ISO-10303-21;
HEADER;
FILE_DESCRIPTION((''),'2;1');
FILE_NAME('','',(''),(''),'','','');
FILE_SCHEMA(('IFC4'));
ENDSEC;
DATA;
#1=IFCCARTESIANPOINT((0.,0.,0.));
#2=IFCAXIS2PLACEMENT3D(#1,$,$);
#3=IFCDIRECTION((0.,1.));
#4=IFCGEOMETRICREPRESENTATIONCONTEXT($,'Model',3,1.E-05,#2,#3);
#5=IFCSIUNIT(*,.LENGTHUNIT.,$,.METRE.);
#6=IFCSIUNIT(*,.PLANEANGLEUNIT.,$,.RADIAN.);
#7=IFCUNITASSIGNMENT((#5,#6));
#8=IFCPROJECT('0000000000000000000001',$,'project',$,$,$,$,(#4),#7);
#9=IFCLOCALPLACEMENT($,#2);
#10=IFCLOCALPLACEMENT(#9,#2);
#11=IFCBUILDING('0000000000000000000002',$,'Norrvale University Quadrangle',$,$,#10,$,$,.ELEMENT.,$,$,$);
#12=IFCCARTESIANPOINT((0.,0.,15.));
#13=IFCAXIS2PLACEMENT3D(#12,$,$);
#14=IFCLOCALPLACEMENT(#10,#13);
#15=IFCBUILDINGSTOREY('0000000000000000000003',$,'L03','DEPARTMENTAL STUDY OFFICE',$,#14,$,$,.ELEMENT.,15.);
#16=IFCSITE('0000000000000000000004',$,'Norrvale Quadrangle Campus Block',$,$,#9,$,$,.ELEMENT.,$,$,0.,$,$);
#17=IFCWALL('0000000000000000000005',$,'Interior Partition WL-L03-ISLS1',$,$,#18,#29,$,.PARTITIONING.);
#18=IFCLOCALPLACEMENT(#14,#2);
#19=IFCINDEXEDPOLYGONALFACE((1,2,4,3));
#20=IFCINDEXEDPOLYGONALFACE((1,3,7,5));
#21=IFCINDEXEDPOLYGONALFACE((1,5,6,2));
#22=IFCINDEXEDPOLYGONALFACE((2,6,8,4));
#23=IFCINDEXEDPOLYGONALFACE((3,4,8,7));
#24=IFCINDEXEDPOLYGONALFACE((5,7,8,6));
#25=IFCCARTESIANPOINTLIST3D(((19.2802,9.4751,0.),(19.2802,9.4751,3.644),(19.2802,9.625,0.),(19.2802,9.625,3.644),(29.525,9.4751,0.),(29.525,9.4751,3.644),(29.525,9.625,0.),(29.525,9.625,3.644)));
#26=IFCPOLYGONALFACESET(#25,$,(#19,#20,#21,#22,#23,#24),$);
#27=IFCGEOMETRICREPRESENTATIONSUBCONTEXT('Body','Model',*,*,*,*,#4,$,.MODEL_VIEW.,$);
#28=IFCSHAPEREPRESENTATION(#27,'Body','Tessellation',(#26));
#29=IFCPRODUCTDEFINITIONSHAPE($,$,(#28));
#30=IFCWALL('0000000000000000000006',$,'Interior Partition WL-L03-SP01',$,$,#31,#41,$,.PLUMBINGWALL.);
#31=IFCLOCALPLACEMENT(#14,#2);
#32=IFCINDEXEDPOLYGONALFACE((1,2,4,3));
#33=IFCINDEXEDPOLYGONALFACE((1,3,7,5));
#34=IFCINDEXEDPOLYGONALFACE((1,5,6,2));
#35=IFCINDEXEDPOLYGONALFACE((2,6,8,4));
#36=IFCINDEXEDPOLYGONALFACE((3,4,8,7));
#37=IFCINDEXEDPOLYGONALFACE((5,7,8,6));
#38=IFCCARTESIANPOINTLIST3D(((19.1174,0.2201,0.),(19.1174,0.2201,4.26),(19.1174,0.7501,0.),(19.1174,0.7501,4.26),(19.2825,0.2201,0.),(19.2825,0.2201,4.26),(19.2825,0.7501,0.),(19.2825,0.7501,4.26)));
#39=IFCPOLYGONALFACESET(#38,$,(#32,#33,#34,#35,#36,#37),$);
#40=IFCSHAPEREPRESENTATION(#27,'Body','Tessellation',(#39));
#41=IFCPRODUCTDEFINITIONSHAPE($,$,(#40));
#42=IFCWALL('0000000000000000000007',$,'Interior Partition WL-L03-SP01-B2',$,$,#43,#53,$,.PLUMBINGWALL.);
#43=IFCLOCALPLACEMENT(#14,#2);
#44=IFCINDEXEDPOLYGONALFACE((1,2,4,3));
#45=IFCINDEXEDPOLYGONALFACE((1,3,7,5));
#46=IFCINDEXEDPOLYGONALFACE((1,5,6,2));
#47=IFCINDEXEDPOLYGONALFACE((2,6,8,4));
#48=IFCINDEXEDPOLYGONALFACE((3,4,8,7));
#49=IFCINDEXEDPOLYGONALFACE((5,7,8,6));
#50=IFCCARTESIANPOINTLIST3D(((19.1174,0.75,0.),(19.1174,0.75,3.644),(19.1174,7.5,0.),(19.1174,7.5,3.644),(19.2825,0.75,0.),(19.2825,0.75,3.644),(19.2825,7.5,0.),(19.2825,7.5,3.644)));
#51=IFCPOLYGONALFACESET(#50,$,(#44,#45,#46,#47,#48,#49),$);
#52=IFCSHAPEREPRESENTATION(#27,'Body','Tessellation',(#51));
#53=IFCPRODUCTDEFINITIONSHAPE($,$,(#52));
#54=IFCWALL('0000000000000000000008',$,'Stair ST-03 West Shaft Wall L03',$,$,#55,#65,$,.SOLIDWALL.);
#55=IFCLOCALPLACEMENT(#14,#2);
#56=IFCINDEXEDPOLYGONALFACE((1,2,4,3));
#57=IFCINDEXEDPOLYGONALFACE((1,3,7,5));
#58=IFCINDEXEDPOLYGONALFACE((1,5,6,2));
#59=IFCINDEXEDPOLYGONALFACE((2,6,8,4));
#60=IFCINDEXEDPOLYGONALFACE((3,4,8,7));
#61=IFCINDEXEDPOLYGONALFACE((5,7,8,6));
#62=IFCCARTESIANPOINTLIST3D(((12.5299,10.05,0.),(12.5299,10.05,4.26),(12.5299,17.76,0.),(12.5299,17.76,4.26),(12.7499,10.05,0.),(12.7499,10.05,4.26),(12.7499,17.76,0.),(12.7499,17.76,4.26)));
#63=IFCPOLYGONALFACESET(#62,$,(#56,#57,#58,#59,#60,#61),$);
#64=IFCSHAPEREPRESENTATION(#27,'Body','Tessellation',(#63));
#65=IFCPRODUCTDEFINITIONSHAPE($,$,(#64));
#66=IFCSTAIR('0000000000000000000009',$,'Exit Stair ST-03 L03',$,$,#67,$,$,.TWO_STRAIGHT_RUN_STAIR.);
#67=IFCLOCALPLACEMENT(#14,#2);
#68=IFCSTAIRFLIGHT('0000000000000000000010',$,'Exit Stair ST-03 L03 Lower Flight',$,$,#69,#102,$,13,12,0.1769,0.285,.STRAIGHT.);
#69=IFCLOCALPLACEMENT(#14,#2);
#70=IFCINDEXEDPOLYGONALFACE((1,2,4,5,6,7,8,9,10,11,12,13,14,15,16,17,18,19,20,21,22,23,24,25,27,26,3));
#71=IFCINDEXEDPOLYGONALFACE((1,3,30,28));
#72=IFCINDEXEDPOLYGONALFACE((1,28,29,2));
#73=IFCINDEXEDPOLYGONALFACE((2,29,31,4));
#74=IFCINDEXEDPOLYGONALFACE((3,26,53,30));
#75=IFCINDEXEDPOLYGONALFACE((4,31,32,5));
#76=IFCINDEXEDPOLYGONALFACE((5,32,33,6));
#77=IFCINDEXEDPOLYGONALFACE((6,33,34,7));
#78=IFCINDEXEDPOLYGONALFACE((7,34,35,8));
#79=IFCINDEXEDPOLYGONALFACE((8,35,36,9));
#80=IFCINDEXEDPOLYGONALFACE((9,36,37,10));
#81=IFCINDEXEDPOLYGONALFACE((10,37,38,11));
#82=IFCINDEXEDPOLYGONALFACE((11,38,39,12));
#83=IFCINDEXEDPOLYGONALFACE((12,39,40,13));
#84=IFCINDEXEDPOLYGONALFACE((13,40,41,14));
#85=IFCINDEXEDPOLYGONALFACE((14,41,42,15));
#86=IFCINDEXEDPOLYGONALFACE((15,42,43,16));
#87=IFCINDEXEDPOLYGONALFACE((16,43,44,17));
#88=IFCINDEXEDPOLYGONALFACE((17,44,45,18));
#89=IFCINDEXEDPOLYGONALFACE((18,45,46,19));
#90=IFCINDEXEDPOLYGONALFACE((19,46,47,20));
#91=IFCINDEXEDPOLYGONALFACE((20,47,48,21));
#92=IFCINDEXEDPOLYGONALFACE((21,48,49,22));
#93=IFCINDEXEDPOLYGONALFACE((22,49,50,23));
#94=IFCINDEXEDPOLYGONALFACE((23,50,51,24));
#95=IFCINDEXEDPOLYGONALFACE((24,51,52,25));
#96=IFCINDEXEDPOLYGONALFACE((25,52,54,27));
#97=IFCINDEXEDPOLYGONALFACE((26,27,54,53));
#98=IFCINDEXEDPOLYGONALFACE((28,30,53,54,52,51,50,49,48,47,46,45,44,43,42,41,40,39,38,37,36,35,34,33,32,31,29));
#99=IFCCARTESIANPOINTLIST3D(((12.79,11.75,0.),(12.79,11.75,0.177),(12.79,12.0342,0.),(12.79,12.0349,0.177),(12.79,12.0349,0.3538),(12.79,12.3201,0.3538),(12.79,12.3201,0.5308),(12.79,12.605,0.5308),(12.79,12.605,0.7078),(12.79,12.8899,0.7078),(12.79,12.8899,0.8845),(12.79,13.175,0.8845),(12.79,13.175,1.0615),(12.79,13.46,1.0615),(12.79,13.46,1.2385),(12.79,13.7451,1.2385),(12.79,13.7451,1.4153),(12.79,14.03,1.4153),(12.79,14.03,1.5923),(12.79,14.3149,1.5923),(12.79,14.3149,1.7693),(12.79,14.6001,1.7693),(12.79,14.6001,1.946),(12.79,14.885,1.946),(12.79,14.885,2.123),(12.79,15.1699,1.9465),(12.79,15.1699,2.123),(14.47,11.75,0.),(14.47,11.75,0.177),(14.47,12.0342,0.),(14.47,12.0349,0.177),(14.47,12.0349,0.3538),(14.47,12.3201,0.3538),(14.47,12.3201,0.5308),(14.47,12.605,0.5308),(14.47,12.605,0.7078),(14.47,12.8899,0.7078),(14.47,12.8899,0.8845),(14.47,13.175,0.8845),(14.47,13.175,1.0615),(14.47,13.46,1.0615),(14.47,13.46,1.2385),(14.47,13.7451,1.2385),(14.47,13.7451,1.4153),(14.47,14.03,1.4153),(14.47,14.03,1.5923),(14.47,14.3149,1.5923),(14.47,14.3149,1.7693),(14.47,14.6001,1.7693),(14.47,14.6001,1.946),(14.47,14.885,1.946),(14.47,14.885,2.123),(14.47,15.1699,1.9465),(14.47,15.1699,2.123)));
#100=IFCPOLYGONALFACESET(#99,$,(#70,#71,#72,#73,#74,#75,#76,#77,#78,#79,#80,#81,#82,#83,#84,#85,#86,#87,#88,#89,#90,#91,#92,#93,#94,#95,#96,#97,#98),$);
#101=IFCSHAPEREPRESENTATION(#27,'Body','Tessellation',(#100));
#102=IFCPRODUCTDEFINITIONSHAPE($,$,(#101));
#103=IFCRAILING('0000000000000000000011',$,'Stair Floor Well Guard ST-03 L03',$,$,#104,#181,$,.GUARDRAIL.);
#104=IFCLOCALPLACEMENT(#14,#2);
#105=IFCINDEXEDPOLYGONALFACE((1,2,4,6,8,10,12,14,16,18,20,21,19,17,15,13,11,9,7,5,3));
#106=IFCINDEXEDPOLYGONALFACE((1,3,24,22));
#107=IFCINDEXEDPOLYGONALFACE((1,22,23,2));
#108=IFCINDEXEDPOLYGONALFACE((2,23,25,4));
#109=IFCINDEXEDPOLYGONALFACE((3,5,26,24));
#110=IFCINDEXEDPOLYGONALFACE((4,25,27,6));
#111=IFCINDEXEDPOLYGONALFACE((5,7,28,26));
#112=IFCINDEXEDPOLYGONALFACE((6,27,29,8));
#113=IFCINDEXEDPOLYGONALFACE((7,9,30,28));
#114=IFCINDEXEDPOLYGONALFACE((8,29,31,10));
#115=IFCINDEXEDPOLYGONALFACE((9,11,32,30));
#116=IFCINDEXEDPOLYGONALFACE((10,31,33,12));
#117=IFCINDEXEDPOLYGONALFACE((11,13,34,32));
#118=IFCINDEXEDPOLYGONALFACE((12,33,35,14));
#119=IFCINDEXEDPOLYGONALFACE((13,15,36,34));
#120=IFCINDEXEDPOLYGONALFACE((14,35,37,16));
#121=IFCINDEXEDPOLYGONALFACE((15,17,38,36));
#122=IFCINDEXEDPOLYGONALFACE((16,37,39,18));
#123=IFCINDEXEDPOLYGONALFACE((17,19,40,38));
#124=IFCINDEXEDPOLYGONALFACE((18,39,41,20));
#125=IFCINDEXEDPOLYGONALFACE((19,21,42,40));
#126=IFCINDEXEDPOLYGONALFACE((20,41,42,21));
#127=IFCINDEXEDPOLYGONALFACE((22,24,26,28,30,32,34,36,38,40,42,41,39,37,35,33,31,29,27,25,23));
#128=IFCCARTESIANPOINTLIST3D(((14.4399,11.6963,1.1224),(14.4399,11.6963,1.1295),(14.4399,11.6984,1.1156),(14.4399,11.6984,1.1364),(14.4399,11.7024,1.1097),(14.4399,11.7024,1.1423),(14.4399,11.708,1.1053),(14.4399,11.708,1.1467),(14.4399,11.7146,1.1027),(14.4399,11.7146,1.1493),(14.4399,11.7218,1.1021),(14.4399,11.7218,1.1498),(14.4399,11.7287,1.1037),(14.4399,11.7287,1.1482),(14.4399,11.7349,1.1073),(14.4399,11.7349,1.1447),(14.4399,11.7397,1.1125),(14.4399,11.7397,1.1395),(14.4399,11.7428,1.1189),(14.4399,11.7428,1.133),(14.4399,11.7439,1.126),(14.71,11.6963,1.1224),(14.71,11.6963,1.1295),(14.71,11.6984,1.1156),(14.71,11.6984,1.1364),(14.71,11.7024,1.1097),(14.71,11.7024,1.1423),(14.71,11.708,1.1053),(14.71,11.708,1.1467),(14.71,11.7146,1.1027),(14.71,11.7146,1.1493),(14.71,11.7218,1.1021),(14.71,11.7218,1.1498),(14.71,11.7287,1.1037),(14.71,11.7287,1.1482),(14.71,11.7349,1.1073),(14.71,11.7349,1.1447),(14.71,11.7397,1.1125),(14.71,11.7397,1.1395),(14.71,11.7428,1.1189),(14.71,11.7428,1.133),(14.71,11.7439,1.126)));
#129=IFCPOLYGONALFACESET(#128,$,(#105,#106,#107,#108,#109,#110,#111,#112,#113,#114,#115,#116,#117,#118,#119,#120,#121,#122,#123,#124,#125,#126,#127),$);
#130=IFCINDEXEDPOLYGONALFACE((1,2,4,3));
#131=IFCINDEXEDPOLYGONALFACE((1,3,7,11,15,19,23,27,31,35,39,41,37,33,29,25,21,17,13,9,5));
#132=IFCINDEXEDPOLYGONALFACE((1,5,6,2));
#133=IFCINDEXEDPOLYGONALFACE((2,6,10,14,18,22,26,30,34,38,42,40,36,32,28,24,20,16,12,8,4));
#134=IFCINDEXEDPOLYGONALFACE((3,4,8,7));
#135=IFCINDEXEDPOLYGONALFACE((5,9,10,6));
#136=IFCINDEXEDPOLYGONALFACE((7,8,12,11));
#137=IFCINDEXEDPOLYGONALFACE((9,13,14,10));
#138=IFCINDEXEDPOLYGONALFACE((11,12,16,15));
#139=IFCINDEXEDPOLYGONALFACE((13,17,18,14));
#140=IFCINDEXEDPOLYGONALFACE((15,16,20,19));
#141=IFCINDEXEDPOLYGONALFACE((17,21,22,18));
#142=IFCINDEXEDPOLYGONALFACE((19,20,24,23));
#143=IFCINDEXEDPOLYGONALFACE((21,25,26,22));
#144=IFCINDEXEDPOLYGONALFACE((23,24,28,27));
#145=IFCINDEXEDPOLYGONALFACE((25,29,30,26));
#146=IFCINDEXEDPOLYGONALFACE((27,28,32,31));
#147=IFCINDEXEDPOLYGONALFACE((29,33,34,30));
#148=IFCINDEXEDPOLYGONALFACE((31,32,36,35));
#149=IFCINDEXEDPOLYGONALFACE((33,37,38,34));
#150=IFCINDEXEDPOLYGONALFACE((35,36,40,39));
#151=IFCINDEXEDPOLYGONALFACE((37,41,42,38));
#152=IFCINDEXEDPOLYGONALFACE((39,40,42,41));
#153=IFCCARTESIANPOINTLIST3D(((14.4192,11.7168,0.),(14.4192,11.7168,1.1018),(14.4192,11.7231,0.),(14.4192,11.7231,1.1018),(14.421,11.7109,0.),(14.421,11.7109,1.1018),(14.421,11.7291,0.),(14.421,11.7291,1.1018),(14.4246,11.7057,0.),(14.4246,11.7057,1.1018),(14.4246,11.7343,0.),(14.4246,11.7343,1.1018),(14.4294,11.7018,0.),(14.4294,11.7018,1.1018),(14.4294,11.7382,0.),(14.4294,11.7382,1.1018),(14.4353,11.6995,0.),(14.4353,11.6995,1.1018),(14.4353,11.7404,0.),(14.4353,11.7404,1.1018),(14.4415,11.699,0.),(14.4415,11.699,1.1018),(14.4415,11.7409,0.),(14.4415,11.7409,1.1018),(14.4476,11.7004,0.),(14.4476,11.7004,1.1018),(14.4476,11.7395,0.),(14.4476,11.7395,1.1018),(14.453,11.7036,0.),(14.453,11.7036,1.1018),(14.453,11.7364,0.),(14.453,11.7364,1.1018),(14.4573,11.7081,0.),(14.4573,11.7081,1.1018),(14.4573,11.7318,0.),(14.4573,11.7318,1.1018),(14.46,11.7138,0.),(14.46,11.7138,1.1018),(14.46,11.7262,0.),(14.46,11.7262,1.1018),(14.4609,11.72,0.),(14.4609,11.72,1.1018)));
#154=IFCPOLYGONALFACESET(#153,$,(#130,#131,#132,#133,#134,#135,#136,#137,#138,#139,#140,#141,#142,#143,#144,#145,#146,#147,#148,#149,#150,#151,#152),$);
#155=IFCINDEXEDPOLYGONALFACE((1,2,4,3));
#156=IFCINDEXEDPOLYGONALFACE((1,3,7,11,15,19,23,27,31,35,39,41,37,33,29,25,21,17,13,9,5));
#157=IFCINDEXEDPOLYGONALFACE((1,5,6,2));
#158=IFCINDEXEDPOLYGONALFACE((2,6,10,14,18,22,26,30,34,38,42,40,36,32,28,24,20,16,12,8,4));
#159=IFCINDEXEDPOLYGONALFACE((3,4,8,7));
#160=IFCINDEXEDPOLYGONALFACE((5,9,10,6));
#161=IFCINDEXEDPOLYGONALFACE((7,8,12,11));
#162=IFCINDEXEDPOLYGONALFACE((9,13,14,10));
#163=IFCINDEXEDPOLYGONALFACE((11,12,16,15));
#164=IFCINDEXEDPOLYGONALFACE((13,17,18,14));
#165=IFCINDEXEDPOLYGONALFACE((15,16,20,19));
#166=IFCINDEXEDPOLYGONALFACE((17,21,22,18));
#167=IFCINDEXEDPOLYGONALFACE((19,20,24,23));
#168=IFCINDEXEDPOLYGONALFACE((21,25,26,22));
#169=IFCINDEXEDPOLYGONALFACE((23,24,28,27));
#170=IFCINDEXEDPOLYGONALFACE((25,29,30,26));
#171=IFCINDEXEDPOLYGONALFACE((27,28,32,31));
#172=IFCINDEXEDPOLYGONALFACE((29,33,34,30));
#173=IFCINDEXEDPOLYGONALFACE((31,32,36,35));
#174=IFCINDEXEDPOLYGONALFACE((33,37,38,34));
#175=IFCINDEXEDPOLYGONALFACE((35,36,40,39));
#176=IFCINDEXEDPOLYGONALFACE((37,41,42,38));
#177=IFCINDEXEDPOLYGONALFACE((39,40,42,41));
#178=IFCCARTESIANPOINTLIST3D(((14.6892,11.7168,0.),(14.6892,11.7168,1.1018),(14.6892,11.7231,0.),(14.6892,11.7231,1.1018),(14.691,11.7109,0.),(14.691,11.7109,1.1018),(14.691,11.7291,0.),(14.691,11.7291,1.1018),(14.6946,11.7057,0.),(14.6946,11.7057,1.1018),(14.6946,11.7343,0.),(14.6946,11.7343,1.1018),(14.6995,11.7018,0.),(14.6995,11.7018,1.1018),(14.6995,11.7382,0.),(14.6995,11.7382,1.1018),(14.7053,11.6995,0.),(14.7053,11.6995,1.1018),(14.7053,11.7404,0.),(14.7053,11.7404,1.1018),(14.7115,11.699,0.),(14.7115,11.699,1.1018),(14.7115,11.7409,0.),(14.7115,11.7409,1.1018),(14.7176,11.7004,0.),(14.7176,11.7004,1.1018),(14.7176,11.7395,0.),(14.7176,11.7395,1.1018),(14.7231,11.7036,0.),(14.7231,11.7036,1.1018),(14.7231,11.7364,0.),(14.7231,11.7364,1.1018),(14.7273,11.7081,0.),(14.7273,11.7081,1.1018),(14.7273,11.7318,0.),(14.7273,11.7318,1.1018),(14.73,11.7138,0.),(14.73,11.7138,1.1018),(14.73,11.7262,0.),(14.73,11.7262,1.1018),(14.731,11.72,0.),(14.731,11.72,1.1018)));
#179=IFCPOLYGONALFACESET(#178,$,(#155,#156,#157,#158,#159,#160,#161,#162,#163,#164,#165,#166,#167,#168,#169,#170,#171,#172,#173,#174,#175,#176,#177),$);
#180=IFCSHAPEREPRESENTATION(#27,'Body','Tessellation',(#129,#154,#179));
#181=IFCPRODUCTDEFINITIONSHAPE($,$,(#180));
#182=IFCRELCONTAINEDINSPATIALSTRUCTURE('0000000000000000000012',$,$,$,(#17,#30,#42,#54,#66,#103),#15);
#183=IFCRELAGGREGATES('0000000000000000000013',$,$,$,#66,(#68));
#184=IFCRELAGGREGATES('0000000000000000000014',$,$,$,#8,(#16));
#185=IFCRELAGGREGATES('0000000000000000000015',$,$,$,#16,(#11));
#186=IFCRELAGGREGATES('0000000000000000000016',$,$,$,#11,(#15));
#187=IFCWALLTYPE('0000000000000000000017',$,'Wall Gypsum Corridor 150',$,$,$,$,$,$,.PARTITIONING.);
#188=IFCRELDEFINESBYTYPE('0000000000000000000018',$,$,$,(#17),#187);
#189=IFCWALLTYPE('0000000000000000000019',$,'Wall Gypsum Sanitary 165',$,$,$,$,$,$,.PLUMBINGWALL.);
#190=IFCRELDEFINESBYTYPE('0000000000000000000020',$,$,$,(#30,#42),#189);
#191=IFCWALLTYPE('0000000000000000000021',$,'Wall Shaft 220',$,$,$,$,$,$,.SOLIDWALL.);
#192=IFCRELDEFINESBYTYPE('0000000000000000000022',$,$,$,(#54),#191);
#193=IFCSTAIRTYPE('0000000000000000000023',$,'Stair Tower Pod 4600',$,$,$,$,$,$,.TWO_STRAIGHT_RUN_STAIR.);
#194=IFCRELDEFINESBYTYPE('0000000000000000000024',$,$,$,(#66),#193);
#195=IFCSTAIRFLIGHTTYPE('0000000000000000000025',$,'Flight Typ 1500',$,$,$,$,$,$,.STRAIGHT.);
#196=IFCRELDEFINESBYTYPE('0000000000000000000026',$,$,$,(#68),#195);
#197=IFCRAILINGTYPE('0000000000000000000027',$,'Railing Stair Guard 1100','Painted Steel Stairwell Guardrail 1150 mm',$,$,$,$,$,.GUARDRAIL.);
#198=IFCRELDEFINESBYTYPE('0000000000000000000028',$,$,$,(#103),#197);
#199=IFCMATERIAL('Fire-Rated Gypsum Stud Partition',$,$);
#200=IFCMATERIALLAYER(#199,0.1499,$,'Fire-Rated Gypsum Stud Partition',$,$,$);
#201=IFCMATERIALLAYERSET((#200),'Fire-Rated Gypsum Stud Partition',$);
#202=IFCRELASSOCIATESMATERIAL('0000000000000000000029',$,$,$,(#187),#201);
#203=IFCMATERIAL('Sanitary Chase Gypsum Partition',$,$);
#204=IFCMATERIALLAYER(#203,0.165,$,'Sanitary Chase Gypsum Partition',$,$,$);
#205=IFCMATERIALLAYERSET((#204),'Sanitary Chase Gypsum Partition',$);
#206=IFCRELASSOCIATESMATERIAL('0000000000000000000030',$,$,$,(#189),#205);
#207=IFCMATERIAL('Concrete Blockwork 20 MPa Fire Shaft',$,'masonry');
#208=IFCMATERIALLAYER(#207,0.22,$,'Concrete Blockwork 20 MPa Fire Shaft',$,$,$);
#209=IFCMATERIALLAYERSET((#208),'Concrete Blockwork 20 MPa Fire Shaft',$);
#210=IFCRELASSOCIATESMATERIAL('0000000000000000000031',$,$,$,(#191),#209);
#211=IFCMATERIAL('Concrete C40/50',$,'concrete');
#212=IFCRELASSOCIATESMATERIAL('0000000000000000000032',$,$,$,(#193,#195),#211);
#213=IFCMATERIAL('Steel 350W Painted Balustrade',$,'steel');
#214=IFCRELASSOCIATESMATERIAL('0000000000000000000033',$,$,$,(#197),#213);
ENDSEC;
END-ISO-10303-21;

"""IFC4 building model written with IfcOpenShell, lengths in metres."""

from ifc_helpers import new_model, si_unit, direction, frame, frame_2d, origin, origin_2d, place, context, subcontext, project, spatial, polyline, rectangle, circle, outline, extrude, material, layer, layer_set, type_object, element, aggregate, save


model = new_model("IFC4")

# Units and contexts
model_context = context("Model", 3, precision=1e-05, world=origin(), true_north=direction((0.0, 1.0)))
body_context = subcontext(model_context, "Body", "Model", "MODEL_VIEW")
ifc_project = project(units=[si_unit("LENGTHUNIT", "METRE"), si_unit("PLANEANGLEUNIT", "RADIAN")], contexts=[model_context])

# Site, building, storey
site_placement = place(None, origin())
site = spatial("IfcSite", under=ifc_project, at=site_placement, Name="Norrvale Quadrangle Campus Block", CompositionType="ELEMENT", RefElevation=0.0)
building_placement = place(site_placement, origin())
building = spatial("IfcBuilding", under=site, at=building_placement, Name="Norrvale University Quadrangle", CompositionType="ELEMENT")
storey_placement = place(building_placement, frame((0.0, 0.0, 15.0)))
storey = spatial("IfcBuildingStorey", under=building, at=storey_placement, Name="L03", Description="DEPARTMENTAL STUDY OFFICE", CompositionType="ELEMENT", Elevation=15.0)

# Shared definitions
ifc_material_1 = material(Name="Fire-Rated Gypsum Stud Partition")
ifc_layer_1 = layer(ifc_material_1, 0.1499, Name="Fire-Rated Gypsum Stud Partition")
ifc_layer_set_1 = layer_set([ifc_layer_1], Name="Fire-Rated Gypsum Stud Partition")
wall_type_1 = type_object("IfcWallType", Name="Wall Gypsum Corridor 150", PredefinedType="PARTITIONING", material=ifc_layer_set_1)

# Walls
wall_1_placement = place(storey_placement, frame((19.28, 9.55, 0.0), z_axis=(0.0, 0.0, 1.0), x_axis=(1.0, 0.0, 0.0)))
element("IfcWall", 1, at=wall_1_placement, inside=storey, type_object=wall_type_1, Name="Interior Partition WL-L03-ISLS1", PredefinedType="PARTITIONING", context=body_context, shape_type="SweptSolid", body=[
    extrude(rectangle(XDim=10.2449, YDim=0.1499, at=frame_2d((5.1226, 0.0))), origin(), (0.0, 0.0, 1.0), 3.644),
])
ifc_material_2 = material(Name="Sanitary Chase Gypsum Partition")
ifc_layer_2 = layer(ifc_material_2, 0.165, Name="Sanitary Chase Gypsum Partition")
ifc_layer_set_2 = layer_set([ifc_layer_2], Name="Sanitary Chase Gypsum Partition")
wall_type_2 = type_object("IfcWallType", Name="Wall Gypsum Sanitary 165", PredefinedType="PLUMBINGWALL", material=ifc_layer_set_2)
wall_2_placement = place(storey_placement, frame((19.2, 0.22, 0.0), z_axis=(0.0, 0.0, 1.0), x_axis=(0.0, 1.0, 0.0)))
element("IfcWall", 2, at=wall_2_placement, inside=storey, type_object=wall_type_2, Name="Interior Partition WL-L03-SP01", PredefinedType="PLUMBINGWALL", context=body_context, shape_type="SweptSolid", body=[
    extrude(rectangle(XDim=0.53, YDim=0.165, at=frame_2d((0.2651, 0.0))), origin(), (0.0, 0.0, 1.0), 4.26),
])
wall_3_placement = place(storey_placement, frame((19.2, 0.75, 0.0), z_axis=(0.0, 0.0, 1.0), x_axis=(0.0, 1.0, 0.0)))
element("IfcWall", 3, at=wall_3_placement, inside=storey, type_object=wall_type_2, Name="Interior Partition WL-L03-SP01-B2", PredefinedType="PLUMBINGWALL", context=body_context, shape_type="SweptSolid", body=[
    extrude(rectangle(XDim=6.75, YDim=0.165, at=frame_2d((3.375, 0.0))), origin(), (0.0, 0.0, 1.0), 3.644),
])
ifc_material_3 = material(Name="Concrete Blockwork 20 MPa Fire Shaft", Category="masonry")
ifc_layer_3 = layer(ifc_material_3, 0.22, Name="Concrete Blockwork 20 MPa Fire Shaft")
ifc_layer_set_3 = layer_set([ifc_layer_3], Name="Concrete Blockwork 20 MPa Fire Shaft")
wall_type_3 = type_object("IfcWallType", Name="Wall Shaft 220", PredefinedType="SOLIDWALL", material=ifc_layer_set_3)
wall_4_placement = place(storey_placement, frame((12.6399, 10.05, 0.0), z_axis=(0.0, 0.0, 1.0), x_axis=(0.0, 1.0, 0.0)))
element("IfcWall", 4, at=wall_4_placement, inside=storey, type_object=wall_type_3, Name="Stair ST-03 West Shaft Wall L03", PredefinedType="SOLIDWALL", context=body_context, shape_type="SweptSolid", body=[
    extrude(rectangle(XDim=7.71, YDim=0.22, at=frame_2d((3.855, 0.0))), origin(), (0.0, 0.0, 1.0), 4.26),
])

# Stair, stair flight
ifc_material_4 = material(Name="Concrete C40/50", Category="concrete")
stair_type = type_object("IfcStairType", Name="Stair Tower Pod 4600", PredefinedType="TWO_STRAIGHT_RUN_STAIR", material=ifc_material_4)
stair_placement = place(storey_placement, origin())
stair = element("IfcStair", 5, at=stair_placement, inside=storey, type_object=stair_type, Name="Exit Stair ST-03 L03", PredefinedType="TWO_STRAIGHT_RUN_STAIR")
stair_flight_type = type_object("IfcStairFlightType", Name="Flight Typ 1500", PredefinedType="STRAIGHT", material=ifc_material_4)
stair_flight_placement = place(storey_placement, frame((13.6299, 11.75, 0.0), z_axis=(0.0, 0.0, 1.0), x_axis=(0.0, 1.0, 0.0)))
stair_flight = element("IfcStairFlight", 6, at=stair_flight_placement, type_object=stair_flight_type, Name="Exit Stair ST-03 L03 Lower Flight", NumberOfRisers=13, NumberOfTreads=12, PredefinedType="STRAIGHT", RiserHeight=0.1769, TreadLength=0.285, context=body_context, shape_type="SweptSolid", body=[
    extrude(outline(polyline([(0.0, 0.0), (0.0, 0.177), (0.2849, 0.177), (0.2849, 0.3538), (0.5701, 0.3538), (0.5701, 0.5308), (0.855, 0.5308), (0.855, 0.7078), (1.1399, 0.7078), (1.1399, 0.8845), (1.425, 0.8845), (1.425, 1.0615), (1.71, 1.0615), (1.71, 1.2385), (1.9951, 1.2385), (1.9951, 1.4153), (2.28, 1.4153), (2.28, 1.5923), (2.5649, 1.5923), (2.5649, 1.7693), (2.8501, 1.7693), (2.8501, 1.946), (3.135, 1.946), (3.135, 2.123), (3.4199, 2.123), (3.4199, 2.3), (3.4199, 1.9465), (0.2842, 0.0), (0.0, 0.0)])), frame((0.0, 0.8398, 0.0), z_axis=(0.0, -1.0, 0.0), x_axis=(1.0, 0.0, 0.0)), (0.0, 0.0, 1.0), 1.6799),
])
aggregate(stair, [stair_flight])

# Railing
ifc_material_5 = material(Name="Steel 350W Painted Balustrade", Category="steel")
railing_type_1 = type_object("IfcRailingType", Name="Railing Stair Guard 1100", Description="Painted Steel Stairwell Guardrail 1150 mm", PredefinedType="GUARDRAIL", material=ifc_material_5)
railing_1_placement = place(storey_placement, frame((14.4399, 11.72, 0.0)))
element("IfcRailing", 7, at=railing_1_placement, inside=storey, type_object=railing_type_1, Name="Stair Floor Well Guard ST-03 L03", PredefinedType="GUARDRAIL", context=body_context, shape_type="SweptSolid", body=[
    extrude(circle(Radius=0.0239, at=origin_2d()), frame((0.0, 0.0, 1.126), z_axis=(1.0, 0.0, 0.0), x_axis=(0.0, 1.0, 0.0)), (0.0, 0.0, 1.0), 0.27),
    extrude(circle(Radius=0.021, at=origin_2d()), origin(), (0.0, 0.0, 1.0), 1.1018),
    extrude(circle(Radius=0.021, at=origin_2d()), frame((0.27, 0.0, 0.0)), (0.0, 0.0, 1.0), 1.1018),
])

save(model, "model.ifc")
